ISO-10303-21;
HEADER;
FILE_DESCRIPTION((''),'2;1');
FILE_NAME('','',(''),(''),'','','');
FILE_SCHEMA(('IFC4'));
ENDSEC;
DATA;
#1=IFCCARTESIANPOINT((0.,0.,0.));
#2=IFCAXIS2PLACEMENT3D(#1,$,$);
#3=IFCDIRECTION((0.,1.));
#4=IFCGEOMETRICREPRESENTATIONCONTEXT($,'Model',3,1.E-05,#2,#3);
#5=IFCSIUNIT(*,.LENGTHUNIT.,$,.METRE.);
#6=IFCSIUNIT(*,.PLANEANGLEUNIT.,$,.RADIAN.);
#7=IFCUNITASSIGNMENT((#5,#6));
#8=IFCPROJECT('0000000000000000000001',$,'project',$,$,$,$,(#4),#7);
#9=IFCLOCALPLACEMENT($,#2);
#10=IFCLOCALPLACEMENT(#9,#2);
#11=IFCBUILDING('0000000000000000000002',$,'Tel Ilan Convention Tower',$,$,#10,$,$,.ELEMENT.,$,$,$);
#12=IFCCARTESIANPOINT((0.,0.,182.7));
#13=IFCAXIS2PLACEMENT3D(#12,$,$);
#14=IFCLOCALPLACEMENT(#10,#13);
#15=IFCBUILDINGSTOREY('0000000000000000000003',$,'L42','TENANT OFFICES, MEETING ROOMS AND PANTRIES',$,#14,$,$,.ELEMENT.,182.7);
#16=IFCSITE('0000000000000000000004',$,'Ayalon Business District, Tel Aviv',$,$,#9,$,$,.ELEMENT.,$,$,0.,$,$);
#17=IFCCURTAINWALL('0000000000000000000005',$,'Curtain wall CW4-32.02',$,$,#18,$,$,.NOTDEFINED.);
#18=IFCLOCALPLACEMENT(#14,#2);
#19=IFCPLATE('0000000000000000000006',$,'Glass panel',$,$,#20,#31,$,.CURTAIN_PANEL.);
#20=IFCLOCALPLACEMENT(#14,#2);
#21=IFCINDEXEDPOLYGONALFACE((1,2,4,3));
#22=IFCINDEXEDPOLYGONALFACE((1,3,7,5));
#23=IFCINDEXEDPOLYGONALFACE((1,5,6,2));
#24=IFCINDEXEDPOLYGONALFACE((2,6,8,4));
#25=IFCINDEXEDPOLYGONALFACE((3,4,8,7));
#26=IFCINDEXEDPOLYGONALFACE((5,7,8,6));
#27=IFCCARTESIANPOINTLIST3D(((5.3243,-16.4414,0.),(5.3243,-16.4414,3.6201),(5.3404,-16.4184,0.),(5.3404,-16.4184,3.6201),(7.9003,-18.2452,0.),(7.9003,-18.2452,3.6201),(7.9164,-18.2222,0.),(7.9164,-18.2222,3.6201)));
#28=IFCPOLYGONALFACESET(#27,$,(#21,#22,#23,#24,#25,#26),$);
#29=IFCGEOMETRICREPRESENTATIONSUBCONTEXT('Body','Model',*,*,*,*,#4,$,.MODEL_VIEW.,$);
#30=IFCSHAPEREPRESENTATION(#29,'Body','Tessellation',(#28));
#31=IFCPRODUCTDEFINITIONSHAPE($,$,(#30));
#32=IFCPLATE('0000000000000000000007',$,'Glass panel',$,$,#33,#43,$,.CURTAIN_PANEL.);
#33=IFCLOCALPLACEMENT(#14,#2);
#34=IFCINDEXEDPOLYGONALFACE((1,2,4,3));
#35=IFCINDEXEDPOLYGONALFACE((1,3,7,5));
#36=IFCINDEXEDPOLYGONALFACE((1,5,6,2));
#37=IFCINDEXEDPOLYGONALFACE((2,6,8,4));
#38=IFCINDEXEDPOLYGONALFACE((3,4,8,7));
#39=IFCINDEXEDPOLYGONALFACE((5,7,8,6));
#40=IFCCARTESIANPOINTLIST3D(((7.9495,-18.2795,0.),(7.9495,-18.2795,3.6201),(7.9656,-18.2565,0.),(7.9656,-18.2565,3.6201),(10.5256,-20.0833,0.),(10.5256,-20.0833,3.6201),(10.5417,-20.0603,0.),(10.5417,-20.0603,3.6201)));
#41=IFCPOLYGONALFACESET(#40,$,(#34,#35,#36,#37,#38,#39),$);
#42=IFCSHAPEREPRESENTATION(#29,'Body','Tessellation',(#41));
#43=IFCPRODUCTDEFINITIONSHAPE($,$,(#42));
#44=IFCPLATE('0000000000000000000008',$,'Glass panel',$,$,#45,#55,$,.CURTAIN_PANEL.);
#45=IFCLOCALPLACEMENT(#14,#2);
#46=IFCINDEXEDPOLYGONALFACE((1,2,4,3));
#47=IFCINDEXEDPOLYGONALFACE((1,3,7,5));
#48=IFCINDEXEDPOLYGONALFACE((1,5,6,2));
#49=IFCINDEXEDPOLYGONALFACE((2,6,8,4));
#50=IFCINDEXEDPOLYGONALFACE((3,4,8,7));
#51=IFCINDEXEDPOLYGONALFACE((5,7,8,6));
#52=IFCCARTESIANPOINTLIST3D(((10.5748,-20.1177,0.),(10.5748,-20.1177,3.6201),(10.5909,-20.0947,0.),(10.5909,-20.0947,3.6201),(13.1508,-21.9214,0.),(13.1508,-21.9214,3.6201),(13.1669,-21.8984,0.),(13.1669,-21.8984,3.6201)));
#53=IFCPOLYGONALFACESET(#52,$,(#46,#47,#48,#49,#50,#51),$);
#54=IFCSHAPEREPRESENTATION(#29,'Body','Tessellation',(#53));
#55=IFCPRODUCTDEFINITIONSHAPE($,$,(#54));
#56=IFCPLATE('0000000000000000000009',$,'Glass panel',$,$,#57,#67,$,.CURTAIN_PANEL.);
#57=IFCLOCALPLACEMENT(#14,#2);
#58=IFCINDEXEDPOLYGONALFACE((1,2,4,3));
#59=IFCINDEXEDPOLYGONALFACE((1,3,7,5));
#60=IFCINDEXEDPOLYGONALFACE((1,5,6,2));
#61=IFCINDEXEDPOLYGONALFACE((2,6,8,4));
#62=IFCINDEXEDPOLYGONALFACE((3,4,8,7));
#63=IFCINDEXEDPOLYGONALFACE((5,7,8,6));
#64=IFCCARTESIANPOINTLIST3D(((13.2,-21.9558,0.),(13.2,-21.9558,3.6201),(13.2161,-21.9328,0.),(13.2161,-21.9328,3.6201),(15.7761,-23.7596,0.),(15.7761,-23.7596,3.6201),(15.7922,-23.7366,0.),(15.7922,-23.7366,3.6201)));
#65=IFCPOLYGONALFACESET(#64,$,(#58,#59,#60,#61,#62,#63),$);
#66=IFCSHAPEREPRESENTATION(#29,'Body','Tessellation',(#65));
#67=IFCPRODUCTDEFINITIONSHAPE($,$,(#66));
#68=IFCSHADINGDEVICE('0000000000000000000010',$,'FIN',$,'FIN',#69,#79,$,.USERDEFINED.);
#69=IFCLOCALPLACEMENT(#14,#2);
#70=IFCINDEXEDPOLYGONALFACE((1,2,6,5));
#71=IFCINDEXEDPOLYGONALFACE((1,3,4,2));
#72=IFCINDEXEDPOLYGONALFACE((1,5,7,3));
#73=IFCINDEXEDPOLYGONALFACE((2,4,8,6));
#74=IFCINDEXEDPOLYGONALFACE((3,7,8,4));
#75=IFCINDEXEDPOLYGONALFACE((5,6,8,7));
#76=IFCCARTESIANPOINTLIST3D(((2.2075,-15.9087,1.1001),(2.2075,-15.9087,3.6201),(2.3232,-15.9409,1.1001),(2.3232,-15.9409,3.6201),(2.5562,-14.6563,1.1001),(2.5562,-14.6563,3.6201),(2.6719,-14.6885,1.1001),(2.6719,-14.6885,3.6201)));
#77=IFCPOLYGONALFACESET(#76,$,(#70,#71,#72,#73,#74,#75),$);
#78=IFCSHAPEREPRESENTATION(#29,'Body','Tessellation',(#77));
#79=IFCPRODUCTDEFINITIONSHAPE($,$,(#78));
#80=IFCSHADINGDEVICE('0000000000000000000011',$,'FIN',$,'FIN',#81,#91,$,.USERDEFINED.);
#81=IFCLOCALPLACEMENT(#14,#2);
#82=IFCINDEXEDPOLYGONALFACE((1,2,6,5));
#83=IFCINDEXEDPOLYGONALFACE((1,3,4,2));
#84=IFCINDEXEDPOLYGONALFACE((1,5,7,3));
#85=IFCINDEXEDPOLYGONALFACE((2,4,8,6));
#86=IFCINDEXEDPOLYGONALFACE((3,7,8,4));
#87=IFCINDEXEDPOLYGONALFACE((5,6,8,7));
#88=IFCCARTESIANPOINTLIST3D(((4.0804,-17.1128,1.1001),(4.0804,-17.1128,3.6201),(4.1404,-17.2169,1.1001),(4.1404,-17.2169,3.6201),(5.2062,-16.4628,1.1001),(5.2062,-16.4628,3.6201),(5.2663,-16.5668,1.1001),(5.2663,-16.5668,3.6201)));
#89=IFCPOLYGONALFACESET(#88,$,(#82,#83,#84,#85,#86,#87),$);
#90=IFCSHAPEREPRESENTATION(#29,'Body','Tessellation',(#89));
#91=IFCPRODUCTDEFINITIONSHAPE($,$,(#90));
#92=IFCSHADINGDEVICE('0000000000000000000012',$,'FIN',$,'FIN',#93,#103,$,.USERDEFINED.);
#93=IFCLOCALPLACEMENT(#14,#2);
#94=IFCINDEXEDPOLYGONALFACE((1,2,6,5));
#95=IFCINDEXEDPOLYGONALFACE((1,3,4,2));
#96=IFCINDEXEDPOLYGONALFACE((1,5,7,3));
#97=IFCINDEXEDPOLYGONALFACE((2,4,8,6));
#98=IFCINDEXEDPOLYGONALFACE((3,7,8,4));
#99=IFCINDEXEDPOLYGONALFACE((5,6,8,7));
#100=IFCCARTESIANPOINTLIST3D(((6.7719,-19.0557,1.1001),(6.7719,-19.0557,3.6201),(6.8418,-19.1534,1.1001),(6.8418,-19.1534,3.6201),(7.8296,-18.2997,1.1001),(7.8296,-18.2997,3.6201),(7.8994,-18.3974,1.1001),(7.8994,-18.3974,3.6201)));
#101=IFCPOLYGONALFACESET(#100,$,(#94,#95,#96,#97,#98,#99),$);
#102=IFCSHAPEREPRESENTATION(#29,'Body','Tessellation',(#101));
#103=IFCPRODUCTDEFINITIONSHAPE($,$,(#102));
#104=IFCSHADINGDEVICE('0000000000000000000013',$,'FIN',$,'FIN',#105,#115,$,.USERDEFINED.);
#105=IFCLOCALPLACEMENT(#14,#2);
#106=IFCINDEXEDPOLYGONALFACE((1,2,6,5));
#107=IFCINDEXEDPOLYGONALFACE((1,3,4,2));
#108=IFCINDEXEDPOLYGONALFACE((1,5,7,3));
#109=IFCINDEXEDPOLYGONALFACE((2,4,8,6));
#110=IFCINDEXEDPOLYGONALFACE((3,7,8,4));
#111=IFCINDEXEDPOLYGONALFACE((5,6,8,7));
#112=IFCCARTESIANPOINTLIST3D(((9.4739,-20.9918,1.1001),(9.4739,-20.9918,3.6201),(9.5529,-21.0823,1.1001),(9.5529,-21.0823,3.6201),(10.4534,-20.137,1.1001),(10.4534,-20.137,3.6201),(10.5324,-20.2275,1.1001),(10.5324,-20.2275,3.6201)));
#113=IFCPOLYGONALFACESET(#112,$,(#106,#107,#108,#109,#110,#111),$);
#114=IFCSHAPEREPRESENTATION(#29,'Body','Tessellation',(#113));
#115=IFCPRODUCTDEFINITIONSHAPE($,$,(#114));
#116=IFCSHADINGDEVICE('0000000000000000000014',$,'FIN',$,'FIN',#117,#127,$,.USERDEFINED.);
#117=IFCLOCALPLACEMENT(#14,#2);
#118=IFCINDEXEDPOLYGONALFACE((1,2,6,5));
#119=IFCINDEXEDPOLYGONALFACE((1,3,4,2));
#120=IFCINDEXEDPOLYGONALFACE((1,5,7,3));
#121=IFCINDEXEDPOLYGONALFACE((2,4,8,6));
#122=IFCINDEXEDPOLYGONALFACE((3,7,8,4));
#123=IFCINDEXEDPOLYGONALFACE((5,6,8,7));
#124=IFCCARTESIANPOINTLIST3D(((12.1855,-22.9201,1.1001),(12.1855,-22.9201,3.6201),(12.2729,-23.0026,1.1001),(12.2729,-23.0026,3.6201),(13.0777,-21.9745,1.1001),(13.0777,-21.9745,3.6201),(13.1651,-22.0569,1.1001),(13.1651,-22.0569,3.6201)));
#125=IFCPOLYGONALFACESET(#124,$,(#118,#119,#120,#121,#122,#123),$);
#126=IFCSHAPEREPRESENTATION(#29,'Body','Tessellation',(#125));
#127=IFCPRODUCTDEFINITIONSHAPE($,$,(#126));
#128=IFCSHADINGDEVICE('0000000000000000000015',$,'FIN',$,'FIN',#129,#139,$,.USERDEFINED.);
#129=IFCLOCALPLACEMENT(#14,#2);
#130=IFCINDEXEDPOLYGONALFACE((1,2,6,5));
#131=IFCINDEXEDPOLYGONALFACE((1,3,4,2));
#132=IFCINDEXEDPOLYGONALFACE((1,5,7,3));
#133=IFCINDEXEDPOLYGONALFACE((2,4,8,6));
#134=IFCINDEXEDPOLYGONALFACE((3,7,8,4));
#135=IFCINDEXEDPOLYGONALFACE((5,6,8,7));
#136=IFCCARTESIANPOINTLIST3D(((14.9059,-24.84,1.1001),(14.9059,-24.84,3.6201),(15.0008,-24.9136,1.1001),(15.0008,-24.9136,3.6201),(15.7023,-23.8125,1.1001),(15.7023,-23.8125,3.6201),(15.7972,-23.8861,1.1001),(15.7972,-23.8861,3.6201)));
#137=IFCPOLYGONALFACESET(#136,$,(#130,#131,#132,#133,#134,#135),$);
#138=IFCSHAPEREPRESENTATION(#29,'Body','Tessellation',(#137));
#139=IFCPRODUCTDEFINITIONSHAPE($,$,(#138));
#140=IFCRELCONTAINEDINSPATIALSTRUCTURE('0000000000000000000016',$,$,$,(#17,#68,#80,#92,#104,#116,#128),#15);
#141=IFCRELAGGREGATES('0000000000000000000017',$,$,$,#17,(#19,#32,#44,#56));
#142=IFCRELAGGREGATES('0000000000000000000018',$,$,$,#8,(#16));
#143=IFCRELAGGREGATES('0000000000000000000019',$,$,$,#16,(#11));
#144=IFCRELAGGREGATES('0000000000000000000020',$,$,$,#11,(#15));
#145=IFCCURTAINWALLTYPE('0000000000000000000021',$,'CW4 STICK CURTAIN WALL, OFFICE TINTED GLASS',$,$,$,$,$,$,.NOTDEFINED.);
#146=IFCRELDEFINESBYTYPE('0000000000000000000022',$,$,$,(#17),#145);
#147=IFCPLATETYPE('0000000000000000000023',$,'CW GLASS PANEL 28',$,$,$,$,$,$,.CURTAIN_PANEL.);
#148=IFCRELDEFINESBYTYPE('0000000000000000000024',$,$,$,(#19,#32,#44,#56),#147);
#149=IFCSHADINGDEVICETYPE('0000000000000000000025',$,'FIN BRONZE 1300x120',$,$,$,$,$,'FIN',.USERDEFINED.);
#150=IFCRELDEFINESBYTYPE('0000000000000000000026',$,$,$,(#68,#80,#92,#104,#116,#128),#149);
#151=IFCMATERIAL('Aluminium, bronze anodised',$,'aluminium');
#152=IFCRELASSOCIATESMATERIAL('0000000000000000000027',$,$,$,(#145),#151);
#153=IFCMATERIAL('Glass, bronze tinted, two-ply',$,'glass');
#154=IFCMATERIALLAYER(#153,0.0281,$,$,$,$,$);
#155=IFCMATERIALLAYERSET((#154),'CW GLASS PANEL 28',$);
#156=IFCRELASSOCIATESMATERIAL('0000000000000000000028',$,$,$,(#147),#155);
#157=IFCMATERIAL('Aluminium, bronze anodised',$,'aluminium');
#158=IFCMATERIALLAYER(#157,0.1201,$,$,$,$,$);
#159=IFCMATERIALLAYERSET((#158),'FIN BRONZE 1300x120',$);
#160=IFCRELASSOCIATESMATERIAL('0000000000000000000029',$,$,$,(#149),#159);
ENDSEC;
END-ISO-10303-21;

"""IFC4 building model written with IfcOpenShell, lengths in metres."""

from ifc_helpers import new_model, si_unit, direction, frame, origin, origin_2d, place, context, subcontext, project, spatial, rectangle, extrude, material, layer, layer_set, type_object, element, aggregate, save


model = new_model("IFC4")

# Units and contexts
model_context = context("Model", 3, precision=1e-05, world=origin(), true_north=direction((0.0, 1.0)))
body_context = subcontext(model_context, "Body", "Model", "MODEL_VIEW")
ifc_project = project(units=[si_unit("LENGTHUNIT", "METRE"), si_unit("PLANEANGLEUNIT", "RADIAN")], contexts=[model_context])

# Site, building, storey
site_placement = place(None, origin())
site = spatial("IfcSite", under=ifc_project, at=site_placement, Name="Ayalon Business District, Tel Aviv", CompositionType="ELEMENT", RefElevation=0.0)
building_placement = place(site_placement, origin())
building = spatial("IfcBuilding", under=site, at=building_placement, Name="Tel Ilan Convention Tower", CompositionType="ELEMENT")
storey_placement = place(building_placement, frame((0.0, 0.0, 182.7)))
storey = spatial("IfcBuildingStorey", under=building, at=storey_placement, Name="L42", Description="TENANT OFFICES, MEETING ROOMS AND PANTRIES", CompositionType="ELEMENT", Elevation=182.7)

# Curtain wall, plates
ifc_material_1 = material(Name="Aluminium, bronze anodised", Category="aluminium")
curtain_wall_type = type_object("IfcCurtainWallType", Name="CW4 STICK CURTAIN WALL, OFFICE TINTED GLASS", PredefinedType="NOTDEFINED", material=ifc_material_1)
curtain_wall_placement = place(storey_placement, origin())
curtain_wall = element("IfcCurtainWall", 1, at=curtain_wall_placement, inside=storey, type_object=curtain_wall_type, Name="Curtain wall CW4-32.02", PredefinedType="NOTDEFINED")
ifc_material_2 = material(Name="Glass, bronze tinted, two-ply", Category="glass")
ifc_layer_1 = layer(ifc_material_2, 0.0281)
ifc_layer_set_1 = layer_set([ifc_layer_1], Name="CW GLASS PANEL 28")
plate_type = type_object("IfcPlateType", Name="CW GLASS PANEL 28", PredefinedType="CURTAIN_PANEL", material=ifc_layer_set_1)
plate_1_placement = place(storey_placement, frame((6.6204, -17.3318, 0.0), z_axis=(0.0, 0.0, 1.0), x_axis=(0.819152, -0.573576, 0.0)))
plate_1 = element("IfcPlate", 2, at=plate_1_placement, type_object=plate_type, Name="Glass panel", PredefinedType="CURTAIN_PANEL", context=body_context, shape_type="SweptSolid", body=[
    extrude(rectangle(XDim=3.1448, YDim=0.0281, at=origin_2d()), origin(), (0.0, 0.0, 1.0), 3.6201),
])
plate_2_placement = place(storey_placement, frame((9.2456, -19.1699, 0.0), z_axis=(0.0, 0.0, 1.0), x_axis=(0.819152, -0.573576, 0.0)))
plate_2 = element("IfcPlate", 3, at=plate_2_placement, type_object=plate_type, Name="Glass panel", PredefinedType="CURTAIN_PANEL", context=body_context, shape_type="SweptSolid", body=[
    extrude(rectangle(XDim=3.1448, YDim=0.0281, at=origin_2d()), origin(), (0.0, 0.0, 1.0), 3.6201),
])
plate_3_placement = place(storey_placement, frame((11.8708, -21.0081, 0.0), z_axis=(0.0, 0.0, 1.0), x_axis=(0.819152, -0.573576, 0.0)))
plate_3 = element("IfcPlate", 4, at=plate_3_placement, type_object=plate_type, Name="Glass panel", PredefinedType="CURTAIN_PANEL", context=body_context, shape_type="SweptSolid", body=[
    extrude(rectangle(XDim=3.1448, YDim=0.0281, at=origin_2d()), origin(), (0.0, 0.0, 1.0), 3.6201),
])
plate_4_placement = place(storey_placement, frame((14.4961, -22.8462, 0.0), z_axis=(0.0, 0.0, 1.0), x_axis=(0.819152, -0.573576, 0.0)))
plate_4 = element("IfcPlate", 5, at=plate_4_placement, type_object=plate_type, Name="Glass panel", PredefinedType="CURTAIN_PANEL", context=body_context, shape_type="SweptSolid", body=[
    extrude(rectangle(XDim=3.1448, YDim=0.0281, at=origin_2d()), origin(), (0.0, 0.0, 1.0), 3.6201),
])
aggregate(curtain_wall, [plate_1, plate_2, plate_3, plate_4])

# Shading devices
ifc_material_3 = material(Name="Aluminium, bronze anodised", Category="aluminium")
ifc_layer_2 = layer(ifc_material_3, 0.1201)
ifc_layer_set_2 = layer_set([ifc_layer_2], Name="FIN BRONZE 1300x120")
shading_device_type = type_object("IfcShadingDeviceType", Name="FIN BRONZE 1300x120", ElementType="FIN", PredefinedType="USERDEFINED", material=ifc_layer_set_2)
for number, where, z_axis, x_axis, name in (
    (6, (2.4397, -15.2986, 1.1001), (0.0, 0.0, 1.0), (-0.268173, -0.963371, 0.0), "FIN"),
    (7, (4.6733, -16.8398, 1.1001), (0.0, 0.0, 1.0), (-0.866025, -0.5, 0.0), "FIN"),
    (8, (7.3357, -18.7266, 1.1001), (0.0, 0.0, 1.0), (-0.813552, -0.581492, 0.0), "FIN"),
    (9, (10.0032, -20.6096, 1.1001), (0.0, 0.0, 1.0), (-0.753436, -0.657521, 0.0), "FIN"),
    (10, (12.6753, -22.4885, 1.1001), (0.0, 0.0, 1.0), (-0.686242, -0.727374, 0.0), "FIN"),
    (11, (15.3516, -24.363, 1.1001), (0.0, 0.0, 1.0), (-0.612601, -0.790393, 0.0), "FIN"),
):
    element("IfcShadingDevice", number, at=place(storey_placement, frame(where, z_axis=z_axis, x_axis=x_axis)), inside=storey, type_object=shading_device_type, Name=name, ObjectType="FIN", PredefinedType="USERDEFINED", context=body_context, shape_type="SweptSolid", body=[
        extrude(rectangle(XDim=1.3, YDim=0.1201, at=origin_2d()), origin(), (0.0, 0.0, 1.0), 2.52),
    ])

save(model, "model.ifc")
